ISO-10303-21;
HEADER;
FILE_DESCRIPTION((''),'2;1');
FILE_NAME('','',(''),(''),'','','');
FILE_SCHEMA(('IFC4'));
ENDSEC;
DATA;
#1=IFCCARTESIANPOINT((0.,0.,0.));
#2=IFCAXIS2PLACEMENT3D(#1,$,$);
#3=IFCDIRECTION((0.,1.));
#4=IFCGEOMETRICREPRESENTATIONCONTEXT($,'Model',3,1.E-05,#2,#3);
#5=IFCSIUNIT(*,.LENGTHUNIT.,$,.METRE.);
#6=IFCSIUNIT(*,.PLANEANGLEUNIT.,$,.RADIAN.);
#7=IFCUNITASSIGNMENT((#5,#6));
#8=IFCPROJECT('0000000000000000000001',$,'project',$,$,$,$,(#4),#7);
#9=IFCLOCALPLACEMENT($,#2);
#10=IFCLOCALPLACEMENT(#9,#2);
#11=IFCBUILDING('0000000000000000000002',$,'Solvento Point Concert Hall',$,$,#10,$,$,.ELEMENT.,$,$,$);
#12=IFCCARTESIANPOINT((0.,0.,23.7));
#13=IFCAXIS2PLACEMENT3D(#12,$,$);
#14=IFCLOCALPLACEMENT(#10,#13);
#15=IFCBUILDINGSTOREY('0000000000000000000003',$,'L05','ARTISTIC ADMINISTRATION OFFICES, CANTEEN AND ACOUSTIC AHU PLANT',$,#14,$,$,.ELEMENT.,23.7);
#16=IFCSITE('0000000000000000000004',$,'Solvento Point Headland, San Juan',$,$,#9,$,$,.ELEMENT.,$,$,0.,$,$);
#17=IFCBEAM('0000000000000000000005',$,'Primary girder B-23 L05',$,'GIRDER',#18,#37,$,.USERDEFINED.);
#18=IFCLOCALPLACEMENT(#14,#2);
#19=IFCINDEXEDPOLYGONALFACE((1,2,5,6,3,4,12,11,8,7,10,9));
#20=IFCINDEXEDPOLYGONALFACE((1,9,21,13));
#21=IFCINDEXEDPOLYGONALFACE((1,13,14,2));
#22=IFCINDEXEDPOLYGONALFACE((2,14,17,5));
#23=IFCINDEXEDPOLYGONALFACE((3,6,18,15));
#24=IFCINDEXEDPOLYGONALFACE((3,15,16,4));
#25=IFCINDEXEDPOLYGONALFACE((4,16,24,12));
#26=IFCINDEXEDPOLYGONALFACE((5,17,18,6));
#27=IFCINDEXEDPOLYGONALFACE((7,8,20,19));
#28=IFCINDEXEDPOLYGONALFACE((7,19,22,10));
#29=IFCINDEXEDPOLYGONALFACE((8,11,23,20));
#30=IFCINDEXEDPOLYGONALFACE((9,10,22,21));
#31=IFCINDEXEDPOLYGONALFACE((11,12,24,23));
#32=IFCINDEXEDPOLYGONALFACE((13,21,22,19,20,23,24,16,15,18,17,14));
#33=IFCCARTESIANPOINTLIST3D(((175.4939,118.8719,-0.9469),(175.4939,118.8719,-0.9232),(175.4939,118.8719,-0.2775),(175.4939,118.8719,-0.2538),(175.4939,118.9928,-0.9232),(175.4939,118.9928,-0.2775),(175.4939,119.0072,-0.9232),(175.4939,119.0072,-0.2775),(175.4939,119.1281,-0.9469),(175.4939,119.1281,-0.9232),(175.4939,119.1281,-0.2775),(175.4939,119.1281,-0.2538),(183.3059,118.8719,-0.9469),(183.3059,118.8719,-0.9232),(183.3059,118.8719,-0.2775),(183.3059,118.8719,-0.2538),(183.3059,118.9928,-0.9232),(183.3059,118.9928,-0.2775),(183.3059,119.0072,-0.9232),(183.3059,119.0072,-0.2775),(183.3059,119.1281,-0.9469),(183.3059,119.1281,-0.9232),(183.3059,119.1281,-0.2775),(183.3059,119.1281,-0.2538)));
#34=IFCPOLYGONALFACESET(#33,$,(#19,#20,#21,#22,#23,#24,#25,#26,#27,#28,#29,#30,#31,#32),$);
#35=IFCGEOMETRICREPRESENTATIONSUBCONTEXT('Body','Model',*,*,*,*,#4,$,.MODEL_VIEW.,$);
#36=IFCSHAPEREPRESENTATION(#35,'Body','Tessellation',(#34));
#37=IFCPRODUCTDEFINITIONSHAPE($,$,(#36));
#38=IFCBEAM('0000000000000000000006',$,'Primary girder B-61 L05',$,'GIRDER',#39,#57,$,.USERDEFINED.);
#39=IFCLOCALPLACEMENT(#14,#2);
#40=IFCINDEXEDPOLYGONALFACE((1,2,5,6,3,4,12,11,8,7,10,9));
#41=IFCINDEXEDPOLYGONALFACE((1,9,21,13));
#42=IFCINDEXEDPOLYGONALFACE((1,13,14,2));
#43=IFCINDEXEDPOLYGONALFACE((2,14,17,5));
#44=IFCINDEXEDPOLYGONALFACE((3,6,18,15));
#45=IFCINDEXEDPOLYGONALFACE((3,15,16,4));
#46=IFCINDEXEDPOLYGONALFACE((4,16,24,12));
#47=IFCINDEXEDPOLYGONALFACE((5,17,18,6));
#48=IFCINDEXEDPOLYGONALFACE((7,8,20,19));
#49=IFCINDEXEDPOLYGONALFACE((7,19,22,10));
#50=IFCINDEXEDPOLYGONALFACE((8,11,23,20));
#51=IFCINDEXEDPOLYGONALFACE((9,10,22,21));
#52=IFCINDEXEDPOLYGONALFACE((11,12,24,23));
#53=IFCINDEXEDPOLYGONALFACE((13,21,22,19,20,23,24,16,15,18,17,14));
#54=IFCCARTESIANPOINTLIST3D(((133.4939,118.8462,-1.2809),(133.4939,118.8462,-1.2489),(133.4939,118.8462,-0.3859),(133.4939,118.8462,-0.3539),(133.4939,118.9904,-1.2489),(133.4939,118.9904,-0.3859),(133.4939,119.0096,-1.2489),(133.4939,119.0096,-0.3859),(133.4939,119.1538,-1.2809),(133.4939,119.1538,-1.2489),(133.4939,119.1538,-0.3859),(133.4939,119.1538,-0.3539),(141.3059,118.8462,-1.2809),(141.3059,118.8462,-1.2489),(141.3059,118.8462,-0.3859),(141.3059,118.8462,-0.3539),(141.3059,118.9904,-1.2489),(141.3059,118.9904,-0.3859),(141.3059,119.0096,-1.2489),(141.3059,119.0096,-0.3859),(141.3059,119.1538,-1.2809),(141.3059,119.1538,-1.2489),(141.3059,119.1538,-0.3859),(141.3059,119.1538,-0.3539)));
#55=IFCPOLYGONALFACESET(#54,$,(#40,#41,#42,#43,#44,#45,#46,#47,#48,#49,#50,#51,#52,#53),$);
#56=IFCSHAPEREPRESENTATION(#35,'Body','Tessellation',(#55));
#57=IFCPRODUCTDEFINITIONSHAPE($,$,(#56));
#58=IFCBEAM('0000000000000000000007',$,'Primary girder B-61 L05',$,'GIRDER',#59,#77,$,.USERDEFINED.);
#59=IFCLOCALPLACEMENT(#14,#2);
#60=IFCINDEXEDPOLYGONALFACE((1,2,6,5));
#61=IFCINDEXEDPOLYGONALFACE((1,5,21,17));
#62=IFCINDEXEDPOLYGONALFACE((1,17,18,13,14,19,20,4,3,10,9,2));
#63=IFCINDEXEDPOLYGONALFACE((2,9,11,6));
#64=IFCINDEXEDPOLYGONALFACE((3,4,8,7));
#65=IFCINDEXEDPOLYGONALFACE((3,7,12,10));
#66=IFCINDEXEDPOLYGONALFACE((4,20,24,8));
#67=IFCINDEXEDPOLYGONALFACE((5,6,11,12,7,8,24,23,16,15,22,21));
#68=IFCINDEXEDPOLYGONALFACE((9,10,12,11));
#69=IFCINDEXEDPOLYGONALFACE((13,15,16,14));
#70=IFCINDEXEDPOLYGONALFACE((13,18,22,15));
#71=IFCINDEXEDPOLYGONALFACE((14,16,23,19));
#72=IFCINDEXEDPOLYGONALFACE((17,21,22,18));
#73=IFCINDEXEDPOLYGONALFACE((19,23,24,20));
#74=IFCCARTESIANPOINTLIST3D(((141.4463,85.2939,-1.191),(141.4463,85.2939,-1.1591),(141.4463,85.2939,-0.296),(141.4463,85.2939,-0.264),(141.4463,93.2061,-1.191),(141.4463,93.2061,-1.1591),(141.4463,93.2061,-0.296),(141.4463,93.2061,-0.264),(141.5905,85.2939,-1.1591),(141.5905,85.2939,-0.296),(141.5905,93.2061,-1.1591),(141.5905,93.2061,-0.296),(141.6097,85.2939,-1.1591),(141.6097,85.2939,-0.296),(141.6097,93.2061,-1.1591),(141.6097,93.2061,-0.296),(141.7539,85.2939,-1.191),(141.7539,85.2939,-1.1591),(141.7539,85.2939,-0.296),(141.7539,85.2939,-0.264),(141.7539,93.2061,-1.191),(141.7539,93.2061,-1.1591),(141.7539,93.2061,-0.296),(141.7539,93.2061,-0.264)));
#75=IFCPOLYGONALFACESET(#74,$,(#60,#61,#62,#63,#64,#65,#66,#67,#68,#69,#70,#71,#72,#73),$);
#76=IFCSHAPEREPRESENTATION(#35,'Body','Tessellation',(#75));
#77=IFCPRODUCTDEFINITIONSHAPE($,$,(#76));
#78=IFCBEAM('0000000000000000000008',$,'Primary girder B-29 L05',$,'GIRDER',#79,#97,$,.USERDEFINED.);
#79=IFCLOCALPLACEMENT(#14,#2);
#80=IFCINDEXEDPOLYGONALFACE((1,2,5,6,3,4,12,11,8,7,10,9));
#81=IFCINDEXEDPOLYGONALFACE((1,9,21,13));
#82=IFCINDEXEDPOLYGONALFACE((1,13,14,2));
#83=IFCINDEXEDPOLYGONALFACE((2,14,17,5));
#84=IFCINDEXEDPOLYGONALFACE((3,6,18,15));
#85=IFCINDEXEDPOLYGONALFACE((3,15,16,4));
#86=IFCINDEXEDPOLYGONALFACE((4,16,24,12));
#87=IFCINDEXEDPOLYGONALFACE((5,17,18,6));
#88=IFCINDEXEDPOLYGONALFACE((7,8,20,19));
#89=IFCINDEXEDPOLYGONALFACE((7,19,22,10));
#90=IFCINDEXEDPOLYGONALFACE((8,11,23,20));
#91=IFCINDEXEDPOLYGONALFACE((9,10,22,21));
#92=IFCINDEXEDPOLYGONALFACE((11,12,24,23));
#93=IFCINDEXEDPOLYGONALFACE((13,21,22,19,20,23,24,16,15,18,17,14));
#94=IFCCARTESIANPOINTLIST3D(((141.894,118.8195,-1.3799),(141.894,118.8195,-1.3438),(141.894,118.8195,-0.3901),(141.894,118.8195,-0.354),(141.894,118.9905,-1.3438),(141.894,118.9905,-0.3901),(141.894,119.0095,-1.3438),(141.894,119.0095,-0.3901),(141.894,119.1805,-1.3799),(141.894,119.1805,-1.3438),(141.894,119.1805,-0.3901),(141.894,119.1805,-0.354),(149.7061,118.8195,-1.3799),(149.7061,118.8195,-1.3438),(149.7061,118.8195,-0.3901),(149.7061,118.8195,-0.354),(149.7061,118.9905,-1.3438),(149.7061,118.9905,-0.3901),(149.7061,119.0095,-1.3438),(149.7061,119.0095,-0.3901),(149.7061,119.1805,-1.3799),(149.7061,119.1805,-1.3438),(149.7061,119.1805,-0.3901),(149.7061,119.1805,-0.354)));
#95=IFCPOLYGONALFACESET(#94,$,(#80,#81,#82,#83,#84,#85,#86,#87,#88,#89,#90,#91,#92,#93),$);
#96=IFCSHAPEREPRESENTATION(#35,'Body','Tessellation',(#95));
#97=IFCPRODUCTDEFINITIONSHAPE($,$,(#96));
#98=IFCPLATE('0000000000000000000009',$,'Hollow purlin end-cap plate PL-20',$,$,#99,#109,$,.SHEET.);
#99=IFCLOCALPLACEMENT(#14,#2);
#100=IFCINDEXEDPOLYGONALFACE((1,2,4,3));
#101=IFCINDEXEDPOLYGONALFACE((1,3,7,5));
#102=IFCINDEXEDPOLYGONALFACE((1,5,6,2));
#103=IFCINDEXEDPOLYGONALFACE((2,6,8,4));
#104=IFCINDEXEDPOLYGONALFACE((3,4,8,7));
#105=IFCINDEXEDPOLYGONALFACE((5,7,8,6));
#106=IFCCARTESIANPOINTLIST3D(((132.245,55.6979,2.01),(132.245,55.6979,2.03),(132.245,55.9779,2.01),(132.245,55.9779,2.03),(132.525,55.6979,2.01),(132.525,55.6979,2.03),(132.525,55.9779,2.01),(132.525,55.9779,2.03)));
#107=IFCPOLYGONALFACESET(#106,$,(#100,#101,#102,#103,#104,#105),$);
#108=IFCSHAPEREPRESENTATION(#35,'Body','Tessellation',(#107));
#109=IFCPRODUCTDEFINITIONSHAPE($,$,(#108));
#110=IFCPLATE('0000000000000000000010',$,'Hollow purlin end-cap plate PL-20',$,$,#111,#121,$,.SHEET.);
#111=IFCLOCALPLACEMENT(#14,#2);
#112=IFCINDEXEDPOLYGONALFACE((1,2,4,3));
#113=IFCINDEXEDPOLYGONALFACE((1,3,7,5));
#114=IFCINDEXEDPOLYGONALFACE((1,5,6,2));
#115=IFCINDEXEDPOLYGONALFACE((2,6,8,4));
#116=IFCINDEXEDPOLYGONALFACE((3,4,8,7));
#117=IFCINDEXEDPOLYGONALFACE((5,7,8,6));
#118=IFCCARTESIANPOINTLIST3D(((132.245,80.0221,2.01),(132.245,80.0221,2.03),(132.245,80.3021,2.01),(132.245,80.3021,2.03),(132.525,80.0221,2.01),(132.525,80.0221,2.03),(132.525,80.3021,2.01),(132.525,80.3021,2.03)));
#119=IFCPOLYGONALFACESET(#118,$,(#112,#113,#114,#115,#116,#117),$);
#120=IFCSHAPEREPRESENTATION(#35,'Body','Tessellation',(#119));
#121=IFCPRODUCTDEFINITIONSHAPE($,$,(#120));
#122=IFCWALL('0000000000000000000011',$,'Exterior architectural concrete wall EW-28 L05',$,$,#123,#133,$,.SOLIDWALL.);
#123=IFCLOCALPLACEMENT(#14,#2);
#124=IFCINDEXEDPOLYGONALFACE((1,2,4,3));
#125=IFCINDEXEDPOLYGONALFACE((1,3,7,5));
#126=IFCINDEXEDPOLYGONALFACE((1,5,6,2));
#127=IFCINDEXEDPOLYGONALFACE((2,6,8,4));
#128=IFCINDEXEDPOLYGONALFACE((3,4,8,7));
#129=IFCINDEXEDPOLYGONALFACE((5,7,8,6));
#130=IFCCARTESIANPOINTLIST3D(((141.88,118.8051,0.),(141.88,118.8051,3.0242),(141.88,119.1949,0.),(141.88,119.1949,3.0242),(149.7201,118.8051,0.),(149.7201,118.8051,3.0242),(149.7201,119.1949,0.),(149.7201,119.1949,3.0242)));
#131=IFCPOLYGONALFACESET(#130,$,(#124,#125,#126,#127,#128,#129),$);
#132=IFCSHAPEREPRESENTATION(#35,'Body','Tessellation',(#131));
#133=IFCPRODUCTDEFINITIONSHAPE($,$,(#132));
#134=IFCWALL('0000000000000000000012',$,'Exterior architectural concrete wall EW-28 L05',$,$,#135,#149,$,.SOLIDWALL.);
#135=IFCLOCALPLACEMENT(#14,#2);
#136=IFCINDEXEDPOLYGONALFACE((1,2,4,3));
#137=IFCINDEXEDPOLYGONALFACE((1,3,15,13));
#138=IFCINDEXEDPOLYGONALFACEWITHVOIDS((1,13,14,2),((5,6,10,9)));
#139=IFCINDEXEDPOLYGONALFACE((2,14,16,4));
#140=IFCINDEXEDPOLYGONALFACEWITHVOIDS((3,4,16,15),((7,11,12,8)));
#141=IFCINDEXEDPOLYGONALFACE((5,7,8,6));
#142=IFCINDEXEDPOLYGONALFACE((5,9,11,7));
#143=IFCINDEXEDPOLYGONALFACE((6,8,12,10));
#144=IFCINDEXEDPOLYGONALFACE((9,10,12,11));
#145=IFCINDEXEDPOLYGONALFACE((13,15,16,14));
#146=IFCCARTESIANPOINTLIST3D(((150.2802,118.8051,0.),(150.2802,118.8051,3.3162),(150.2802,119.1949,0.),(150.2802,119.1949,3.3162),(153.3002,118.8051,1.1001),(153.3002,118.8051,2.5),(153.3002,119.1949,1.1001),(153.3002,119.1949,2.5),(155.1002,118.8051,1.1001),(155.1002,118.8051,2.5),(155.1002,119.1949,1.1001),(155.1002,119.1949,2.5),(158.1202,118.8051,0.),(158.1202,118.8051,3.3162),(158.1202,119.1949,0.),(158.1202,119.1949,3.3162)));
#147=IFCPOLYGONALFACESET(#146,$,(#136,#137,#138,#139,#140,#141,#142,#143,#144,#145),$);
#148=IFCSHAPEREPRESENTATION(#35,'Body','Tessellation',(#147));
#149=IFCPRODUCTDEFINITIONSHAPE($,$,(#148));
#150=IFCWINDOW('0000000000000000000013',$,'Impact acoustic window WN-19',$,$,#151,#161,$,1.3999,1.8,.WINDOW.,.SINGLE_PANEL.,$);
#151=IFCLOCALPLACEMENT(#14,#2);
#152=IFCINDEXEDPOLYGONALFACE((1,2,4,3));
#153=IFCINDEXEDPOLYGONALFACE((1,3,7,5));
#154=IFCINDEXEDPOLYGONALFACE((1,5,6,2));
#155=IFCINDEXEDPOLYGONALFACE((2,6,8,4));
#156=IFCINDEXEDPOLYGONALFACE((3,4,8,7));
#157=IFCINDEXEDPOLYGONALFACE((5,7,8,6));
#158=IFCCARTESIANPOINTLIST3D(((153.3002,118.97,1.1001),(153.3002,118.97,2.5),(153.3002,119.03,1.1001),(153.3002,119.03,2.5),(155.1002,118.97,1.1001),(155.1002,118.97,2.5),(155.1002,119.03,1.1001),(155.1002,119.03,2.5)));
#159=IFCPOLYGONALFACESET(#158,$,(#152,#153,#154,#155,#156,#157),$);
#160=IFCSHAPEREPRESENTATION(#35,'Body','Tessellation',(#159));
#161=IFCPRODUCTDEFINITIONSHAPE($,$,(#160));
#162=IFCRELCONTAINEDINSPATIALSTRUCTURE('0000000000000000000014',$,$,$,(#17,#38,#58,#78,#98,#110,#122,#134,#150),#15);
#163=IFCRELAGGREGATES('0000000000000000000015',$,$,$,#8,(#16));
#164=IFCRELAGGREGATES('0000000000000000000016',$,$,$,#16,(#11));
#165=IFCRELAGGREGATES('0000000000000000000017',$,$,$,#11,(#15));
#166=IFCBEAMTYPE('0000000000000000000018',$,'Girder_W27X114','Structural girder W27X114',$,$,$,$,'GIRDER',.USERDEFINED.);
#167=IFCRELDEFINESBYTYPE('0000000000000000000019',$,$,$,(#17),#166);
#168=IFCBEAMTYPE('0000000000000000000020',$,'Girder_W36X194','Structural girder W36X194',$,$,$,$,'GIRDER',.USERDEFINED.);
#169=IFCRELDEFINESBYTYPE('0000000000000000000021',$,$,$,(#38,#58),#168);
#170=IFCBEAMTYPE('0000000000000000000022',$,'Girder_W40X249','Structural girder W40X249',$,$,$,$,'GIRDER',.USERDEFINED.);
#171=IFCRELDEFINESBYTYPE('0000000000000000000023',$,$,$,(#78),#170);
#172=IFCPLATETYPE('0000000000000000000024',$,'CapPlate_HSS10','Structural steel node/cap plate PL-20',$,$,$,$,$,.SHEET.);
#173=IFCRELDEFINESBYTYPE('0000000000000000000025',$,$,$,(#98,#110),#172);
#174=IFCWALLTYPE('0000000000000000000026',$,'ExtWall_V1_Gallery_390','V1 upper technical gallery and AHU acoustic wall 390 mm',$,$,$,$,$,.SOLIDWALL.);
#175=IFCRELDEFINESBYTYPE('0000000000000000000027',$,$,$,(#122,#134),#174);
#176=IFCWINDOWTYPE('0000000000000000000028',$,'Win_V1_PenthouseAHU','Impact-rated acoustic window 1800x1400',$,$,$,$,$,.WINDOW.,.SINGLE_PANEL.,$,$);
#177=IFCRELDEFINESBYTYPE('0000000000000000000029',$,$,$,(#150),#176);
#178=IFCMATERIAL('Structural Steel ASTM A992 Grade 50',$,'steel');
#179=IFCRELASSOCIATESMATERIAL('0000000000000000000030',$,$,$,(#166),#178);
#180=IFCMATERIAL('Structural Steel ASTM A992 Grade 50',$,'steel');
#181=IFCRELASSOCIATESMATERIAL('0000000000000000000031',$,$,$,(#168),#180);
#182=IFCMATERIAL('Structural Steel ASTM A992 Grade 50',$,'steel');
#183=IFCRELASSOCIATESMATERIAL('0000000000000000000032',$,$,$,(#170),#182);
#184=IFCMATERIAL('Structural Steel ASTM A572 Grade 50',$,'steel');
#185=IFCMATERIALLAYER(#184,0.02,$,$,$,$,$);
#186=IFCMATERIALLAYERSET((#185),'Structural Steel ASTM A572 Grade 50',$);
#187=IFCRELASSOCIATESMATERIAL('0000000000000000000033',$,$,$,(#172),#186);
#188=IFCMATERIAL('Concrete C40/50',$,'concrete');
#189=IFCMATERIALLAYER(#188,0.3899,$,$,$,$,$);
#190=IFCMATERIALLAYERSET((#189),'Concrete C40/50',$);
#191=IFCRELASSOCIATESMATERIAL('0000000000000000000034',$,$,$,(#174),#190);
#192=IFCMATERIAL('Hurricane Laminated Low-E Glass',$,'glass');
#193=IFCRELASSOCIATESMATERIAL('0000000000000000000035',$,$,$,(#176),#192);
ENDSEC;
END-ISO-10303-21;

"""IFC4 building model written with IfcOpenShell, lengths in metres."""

from ifc_helpers import new_model, si_unit, direction, frame, frame_2d, origin, origin_2d, place, context, subcontext, project, spatial, rectangle, i_section, extrude, material, layer, layer_set, material_profile, profile_set, type_object, element, fill, save


model = new_model("IFC4")

# Units and contexts
model_context = context("Model", 3, precision=1e-05, world=origin(), true_north=direction((0.0, 1.0)))
body_context = subcontext(model_context, "Body", "Model", "MODEL_VIEW")
ifc_project = project(units=[si_unit("LENGTHUNIT", "METRE"), si_unit("PLANEANGLEUNIT", "RADIAN")], contexts=[model_context])

# Site, building, storey
site_placement = place(None, origin())
site = spatial("IfcSite", under=ifc_project, at=site_placement, Name="Solvento Point Headland, San Juan", CompositionType="ELEMENT", RefElevation=0.0)
building_placement = place(site_placement, origin())
building = spatial("IfcBuilding", under=site, at=building_placement, Name="Solvento Point Concert Hall", CompositionType="ELEMENT")
storey_placement = place(building_placement, frame((0.0, 0.0, 23.7)))
storey = spatial("IfcBuildingStorey", under=building, at=storey_placement, Name="L05", Description="ARTISTIC ADMINISTRATION OFFICES, CANTEEN AND ACOUSTIC AHU PLANT", CompositionType="ELEMENT", Elevation=23.7)

# Beams
ifc_material_1 = material(Name="Structural Steel ASTM A992 Grade 50", Category="steel")
ifc_material_profile_1 = material_profile(ifc_material_1, i_section(OverallWidth=0.2561, OverallDepth=0.6931, WebThickness=0.0144, FlangeThickness=0.0237, at=origin_2d()), Name="W27X114")
ifc_profile_set_1 = profile_set([ifc_material_profile_1], Name="Structural Steel ASTM A992 Grade 50")
beam_type_1 = type_object("IfcBeamType", Name="Girder_W27X114", Description="Structural girder W27X114", ElementType="GIRDER", PredefinedType="USERDEFINED", material=ifc_profile_set_1)
beam_1_placement = place(storey_placement, frame((175.4939, 119.0, -0.6003), z_axis=(1.0, 0.0, 0.0), x_axis=(0.0, 1.0, 0.0)))
element("IfcBeam", 1, at=beam_1_placement, inside=storey, type_object=beam_type_1, Name="Primary girder B-23 L05", ObjectType="GIRDER", PredefinedType="USERDEFINED", context=body_context, shape_type="SweptSolid", body=[
    extrude(i_section(OverallWidth=0.2561, OverallDepth=0.6931, WebThickness=0.0144, FlangeThickness=0.0237, at=origin_2d()), origin(), (0.0, 0.0, 1.0), 7.812),
])
ifc_material_2 = material(Name="Structural Steel ASTM A992 Grade 50", Category="steel")
ifc_material_profile_2 = material_profile(ifc_material_2, i_section(OverallWidth=0.3076, OverallDepth=0.927, WebThickness=0.0193, FlangeThickness=0.032, at=origin_2d()), Name="W36X194")
ifc_profile_set_2 = profile_set([ifc_material_profile_2], Name="Structural Steel ASTM A992 Grade 50")
beam_type_2 = type_object("IfcBeamType", Name="Girder_W36X194", Description="Structural girder W36X194", ElementType="GIRDER", PredefinedType="USERDEFINED", material=ifc_profile_set_2)
beam_2_placement = place(storey_placement, frame((133.4939, 119.0, -0.8174), z_axis=(1.0, 0.0, 0.0), x_axis=(0.0, 1.0, 0.0)))
element("IfcBeam", 2, at=beam_2_placement, inside=storey, type_object=beam_type_2, Name="Primary girder B-61 L05", ObjectType="GIRDER", PredefinedType="USERDEFINED", context=body_context, shape_type="SweptSolid", body=[
    extrude(i_section(OverallWidth=0.3076, OverallDepth=0.927, WebThickness=0.0193, FlangeThickness=0.032, at=origin_2d()), origin(), (0.0, 0.0, 1.0), 7.812),
])
beam_3_placement = place(storey_placement, frame((141.6001, 85.2939, -0.7275), z_axis=(0.0, 1.0, 0.0), x_axis=(-1.0, 0.0, 0.0)))
element("IfcBeam", 3, at=beam_3_placement, inside=storey, type_object=beam_type_2, Name="Primary girder B-61 L05", ObjectType="GIRDER", PredefinedType="USERDEFINED", context=body_context, shape_type="SweptSolid", body=[
    extrude(i_section(OverallWidth=0.3076, OverallDepth=0.927, WebThickness=0.0193, FlangeThickness=0.032, at=origin_2d()), origin(), (0.0, 0.0, 1.0), 7.9121),
])
ifc_material_3 = material(Name="Structural Steel ASTM A992 Grade 50", Category="steel")
ifc_material_profile_3 = material_profile(ifc_material_3, i_section(OverallWidth=0.3611, OverallDepth=1.0259, WebThickness=0.019, FlangeThickness=0.0361, at=origin_2d()), Name="W40X249")
ifc_profile_set_3 = profile_set([ifc_material_profile_3], Name="Structural Steel ASTM A992 Grade 50")
beam_type_3 = type_object("IfcBeamType", Name="Girder_W40X249", Description="Structural girder W40X249", ElementType="GIRDER", PredefinedType="USERDEFINED", material=ifc_profile_set_3)
beam_4_placement = place(storey_placement, frame((141.894, 119.0, -0.8669), z_axis=(1.0, 0.0, 0.0), x_axis=(0.0, 1.0, 0.0)))
element("IfcBeam", 4, at=beam_4_placement, inside=storey, type_object=beam_type_3, Name="Primary girder B-29 L05", ObjectType="GIRDER", PredefinedType="USERDEFINED", context=body_context, shape_type="SweptSolid", body=[
    extrude(i_section(OverallWidth=0.3611, OverallDepth=1.0259, WebThickness=0.019, FlangeThickness=0.0361, at=origin_2d()), origin(), (0.0, 0.0, 1.0), 7.812),
])

# Plates
ifc_material_4 = material(Name="Structural Steel ASTM A572 Grade 50", Category="steel")
ifc_layer_1 = layer(ifc_material_4, 0.02)
ifc_layer_set_1 = layer_set([ifc_layer_1], Name="Structural Steel ASTM A572 Grade 50")
plate_type = type_object("IfcPlateType", Name="CapPlate_HSS10", Description="Structural steel node/cap plate PL-20", PredefinedType="SHEET", material=ifc_layer_set_1)
for number, where, z_axis, x_axis, name in (
    (5, (132.385, 55.8379, 2.01), (0.0, 0.0, 1.0), (0.0, 1.0, 0.0), "Hollow purlin end-cap plate PL-20"),
    (6, (132.385, 80.1621, 2.01), (0.0, 0.0, 1.0), (0.0, 1.0, 0.0), "Hollow purlin end-cap plate PL-20"),
):
    element("IfcPlate", number, at=place(storey_placement, frame(where, z_axis=z_axis, x_axis=x_axis)), inside=storey, type_object=plate_type, Name=name, PredefinedType="SHEET", context=body_context, shape_type="SweptSolid", body=[
        extrude(rectangle(XDim=0.28, YDim=0.28, at=origin_2d()), origin(), (0.0, 0.0, 1.0), 0.02),
    ])

# Wall
ifc_material_5 = material(Name="Concrete C40/50", Category="concrete")
ifc_layer_2 = layer(ifc_material_5, 0.3899)
ifc_layer_set_2 = layer_set([ifc_layer_2], Name="Concrete C40/50")
wall_type_1 = type_object("IfcWallType", Name="ExtWall_V1_Gallery_390", Description="V1 upper technical gallery and AHU acoustic wall 390 mm", PredefinedType="SOLIDWALL", material=ifc_layer_set_2)
wall_1_placement = place(storey_placement, frame((149.72, 119.0, 0.0), z_axis=(0.0, 0.0, 1.0), x_axis=(-1.0, 0.0, 0.0)))
element("IfcWall", 7, at=wall_1_placement, inside=storey, type_object=wall_type_1, Name="Exterior architectural concrete wall EW-28 L05", PredefinedType="SOLIDWALL", context=body_context, shape_type="SweptSolid", body=[
    extrude(rectangle(XDim=7.8401, YDim=0.3899, at=frame_2d((3.9199, 0.0))), origin(), (0.0, 0.0, 1.0), 3.0242),
])

# Wall, opening, window
wall_2_placement = place(storey_placement, frame((158.1201, 119.0, 0.0), z_axis=(0.0, 0.0, 1.0), x_axis=(-1.0, 0.0, 0.0)))
wall_2 = element("IfcWall", 8, at=wall_2_placement, inside=storey, type_object=wall_type_1, Name="Exterior architectural concrete wall EW-28 L05", PredefinedType="SOLIDWALL", context=body_context, shape_type="SweptSolid", body=[
    extrude(rectangle(XDim=7.8401, YDim=0.3899, at=frame_2d((3.9199, 0.0))), origin(), (0.0, 0.0, 1.0), 3.3162),
])
opening_1_placement = place(wall_2_placement, frame((3.02, 0.0, 1.1001)))
opening_1 = element("IfcOpeningElement", 9, at=opening_1_placement, cuts=wall_2, PredefinedType="OPENING", context=body_context, shape_type="SweptSolid", body=[
    extrude(rectangle(XDim=1.8, YDim=1.3999, at=frame_2d((0.8999, 0.7))), frame((0.0, 0.2048, 0.0), z_axis=(0.0, -1.0, 0.0), x_axis=(1.0, 0.0, 0.0)), (0.0, 0.0, 1.0), 0.4099),
])
ifc_material_6 = material(Name="Hurricane Laminated Low-E Glass", Category="glass")
window_type_1 = type_object("IfcWindowType", Name="Win_V1_PenthouseAHU", Description="Impact-rated acoustic window 1800x1400", PartitioningType="SINGLE_PANEL", PredefinedType="WINDOW", material=ifc_material_6)
window_1_placement = place(opening_1_placement, origin())
window_1 = element("IfcWindow", 10, at=window_1_placement, inside=storey, type_object=window_type_1, Name="Impact acoustic window WN-19", OverallHeight=1.3999, OverallWidth=1.8, PartitioningType="SINGLE_PANEL", PredefinedType="WINDOW", context=body_context, shape_type="SweptSolid", body=[
    extrude(rectangle(XDim=1.8, YDim=1.3999, at=frame_2d((0.8999, 0.7))), frame((0.0, 0.03, 0.0), z_axis=(0.0, -1.0, 0.0), x_axis=(1.0, 0.0, 0.0)), (0.0, 0.0, 1.0), 0.0601),
])
fill(opening_1, window_1)

save(model, "model.ifc")
